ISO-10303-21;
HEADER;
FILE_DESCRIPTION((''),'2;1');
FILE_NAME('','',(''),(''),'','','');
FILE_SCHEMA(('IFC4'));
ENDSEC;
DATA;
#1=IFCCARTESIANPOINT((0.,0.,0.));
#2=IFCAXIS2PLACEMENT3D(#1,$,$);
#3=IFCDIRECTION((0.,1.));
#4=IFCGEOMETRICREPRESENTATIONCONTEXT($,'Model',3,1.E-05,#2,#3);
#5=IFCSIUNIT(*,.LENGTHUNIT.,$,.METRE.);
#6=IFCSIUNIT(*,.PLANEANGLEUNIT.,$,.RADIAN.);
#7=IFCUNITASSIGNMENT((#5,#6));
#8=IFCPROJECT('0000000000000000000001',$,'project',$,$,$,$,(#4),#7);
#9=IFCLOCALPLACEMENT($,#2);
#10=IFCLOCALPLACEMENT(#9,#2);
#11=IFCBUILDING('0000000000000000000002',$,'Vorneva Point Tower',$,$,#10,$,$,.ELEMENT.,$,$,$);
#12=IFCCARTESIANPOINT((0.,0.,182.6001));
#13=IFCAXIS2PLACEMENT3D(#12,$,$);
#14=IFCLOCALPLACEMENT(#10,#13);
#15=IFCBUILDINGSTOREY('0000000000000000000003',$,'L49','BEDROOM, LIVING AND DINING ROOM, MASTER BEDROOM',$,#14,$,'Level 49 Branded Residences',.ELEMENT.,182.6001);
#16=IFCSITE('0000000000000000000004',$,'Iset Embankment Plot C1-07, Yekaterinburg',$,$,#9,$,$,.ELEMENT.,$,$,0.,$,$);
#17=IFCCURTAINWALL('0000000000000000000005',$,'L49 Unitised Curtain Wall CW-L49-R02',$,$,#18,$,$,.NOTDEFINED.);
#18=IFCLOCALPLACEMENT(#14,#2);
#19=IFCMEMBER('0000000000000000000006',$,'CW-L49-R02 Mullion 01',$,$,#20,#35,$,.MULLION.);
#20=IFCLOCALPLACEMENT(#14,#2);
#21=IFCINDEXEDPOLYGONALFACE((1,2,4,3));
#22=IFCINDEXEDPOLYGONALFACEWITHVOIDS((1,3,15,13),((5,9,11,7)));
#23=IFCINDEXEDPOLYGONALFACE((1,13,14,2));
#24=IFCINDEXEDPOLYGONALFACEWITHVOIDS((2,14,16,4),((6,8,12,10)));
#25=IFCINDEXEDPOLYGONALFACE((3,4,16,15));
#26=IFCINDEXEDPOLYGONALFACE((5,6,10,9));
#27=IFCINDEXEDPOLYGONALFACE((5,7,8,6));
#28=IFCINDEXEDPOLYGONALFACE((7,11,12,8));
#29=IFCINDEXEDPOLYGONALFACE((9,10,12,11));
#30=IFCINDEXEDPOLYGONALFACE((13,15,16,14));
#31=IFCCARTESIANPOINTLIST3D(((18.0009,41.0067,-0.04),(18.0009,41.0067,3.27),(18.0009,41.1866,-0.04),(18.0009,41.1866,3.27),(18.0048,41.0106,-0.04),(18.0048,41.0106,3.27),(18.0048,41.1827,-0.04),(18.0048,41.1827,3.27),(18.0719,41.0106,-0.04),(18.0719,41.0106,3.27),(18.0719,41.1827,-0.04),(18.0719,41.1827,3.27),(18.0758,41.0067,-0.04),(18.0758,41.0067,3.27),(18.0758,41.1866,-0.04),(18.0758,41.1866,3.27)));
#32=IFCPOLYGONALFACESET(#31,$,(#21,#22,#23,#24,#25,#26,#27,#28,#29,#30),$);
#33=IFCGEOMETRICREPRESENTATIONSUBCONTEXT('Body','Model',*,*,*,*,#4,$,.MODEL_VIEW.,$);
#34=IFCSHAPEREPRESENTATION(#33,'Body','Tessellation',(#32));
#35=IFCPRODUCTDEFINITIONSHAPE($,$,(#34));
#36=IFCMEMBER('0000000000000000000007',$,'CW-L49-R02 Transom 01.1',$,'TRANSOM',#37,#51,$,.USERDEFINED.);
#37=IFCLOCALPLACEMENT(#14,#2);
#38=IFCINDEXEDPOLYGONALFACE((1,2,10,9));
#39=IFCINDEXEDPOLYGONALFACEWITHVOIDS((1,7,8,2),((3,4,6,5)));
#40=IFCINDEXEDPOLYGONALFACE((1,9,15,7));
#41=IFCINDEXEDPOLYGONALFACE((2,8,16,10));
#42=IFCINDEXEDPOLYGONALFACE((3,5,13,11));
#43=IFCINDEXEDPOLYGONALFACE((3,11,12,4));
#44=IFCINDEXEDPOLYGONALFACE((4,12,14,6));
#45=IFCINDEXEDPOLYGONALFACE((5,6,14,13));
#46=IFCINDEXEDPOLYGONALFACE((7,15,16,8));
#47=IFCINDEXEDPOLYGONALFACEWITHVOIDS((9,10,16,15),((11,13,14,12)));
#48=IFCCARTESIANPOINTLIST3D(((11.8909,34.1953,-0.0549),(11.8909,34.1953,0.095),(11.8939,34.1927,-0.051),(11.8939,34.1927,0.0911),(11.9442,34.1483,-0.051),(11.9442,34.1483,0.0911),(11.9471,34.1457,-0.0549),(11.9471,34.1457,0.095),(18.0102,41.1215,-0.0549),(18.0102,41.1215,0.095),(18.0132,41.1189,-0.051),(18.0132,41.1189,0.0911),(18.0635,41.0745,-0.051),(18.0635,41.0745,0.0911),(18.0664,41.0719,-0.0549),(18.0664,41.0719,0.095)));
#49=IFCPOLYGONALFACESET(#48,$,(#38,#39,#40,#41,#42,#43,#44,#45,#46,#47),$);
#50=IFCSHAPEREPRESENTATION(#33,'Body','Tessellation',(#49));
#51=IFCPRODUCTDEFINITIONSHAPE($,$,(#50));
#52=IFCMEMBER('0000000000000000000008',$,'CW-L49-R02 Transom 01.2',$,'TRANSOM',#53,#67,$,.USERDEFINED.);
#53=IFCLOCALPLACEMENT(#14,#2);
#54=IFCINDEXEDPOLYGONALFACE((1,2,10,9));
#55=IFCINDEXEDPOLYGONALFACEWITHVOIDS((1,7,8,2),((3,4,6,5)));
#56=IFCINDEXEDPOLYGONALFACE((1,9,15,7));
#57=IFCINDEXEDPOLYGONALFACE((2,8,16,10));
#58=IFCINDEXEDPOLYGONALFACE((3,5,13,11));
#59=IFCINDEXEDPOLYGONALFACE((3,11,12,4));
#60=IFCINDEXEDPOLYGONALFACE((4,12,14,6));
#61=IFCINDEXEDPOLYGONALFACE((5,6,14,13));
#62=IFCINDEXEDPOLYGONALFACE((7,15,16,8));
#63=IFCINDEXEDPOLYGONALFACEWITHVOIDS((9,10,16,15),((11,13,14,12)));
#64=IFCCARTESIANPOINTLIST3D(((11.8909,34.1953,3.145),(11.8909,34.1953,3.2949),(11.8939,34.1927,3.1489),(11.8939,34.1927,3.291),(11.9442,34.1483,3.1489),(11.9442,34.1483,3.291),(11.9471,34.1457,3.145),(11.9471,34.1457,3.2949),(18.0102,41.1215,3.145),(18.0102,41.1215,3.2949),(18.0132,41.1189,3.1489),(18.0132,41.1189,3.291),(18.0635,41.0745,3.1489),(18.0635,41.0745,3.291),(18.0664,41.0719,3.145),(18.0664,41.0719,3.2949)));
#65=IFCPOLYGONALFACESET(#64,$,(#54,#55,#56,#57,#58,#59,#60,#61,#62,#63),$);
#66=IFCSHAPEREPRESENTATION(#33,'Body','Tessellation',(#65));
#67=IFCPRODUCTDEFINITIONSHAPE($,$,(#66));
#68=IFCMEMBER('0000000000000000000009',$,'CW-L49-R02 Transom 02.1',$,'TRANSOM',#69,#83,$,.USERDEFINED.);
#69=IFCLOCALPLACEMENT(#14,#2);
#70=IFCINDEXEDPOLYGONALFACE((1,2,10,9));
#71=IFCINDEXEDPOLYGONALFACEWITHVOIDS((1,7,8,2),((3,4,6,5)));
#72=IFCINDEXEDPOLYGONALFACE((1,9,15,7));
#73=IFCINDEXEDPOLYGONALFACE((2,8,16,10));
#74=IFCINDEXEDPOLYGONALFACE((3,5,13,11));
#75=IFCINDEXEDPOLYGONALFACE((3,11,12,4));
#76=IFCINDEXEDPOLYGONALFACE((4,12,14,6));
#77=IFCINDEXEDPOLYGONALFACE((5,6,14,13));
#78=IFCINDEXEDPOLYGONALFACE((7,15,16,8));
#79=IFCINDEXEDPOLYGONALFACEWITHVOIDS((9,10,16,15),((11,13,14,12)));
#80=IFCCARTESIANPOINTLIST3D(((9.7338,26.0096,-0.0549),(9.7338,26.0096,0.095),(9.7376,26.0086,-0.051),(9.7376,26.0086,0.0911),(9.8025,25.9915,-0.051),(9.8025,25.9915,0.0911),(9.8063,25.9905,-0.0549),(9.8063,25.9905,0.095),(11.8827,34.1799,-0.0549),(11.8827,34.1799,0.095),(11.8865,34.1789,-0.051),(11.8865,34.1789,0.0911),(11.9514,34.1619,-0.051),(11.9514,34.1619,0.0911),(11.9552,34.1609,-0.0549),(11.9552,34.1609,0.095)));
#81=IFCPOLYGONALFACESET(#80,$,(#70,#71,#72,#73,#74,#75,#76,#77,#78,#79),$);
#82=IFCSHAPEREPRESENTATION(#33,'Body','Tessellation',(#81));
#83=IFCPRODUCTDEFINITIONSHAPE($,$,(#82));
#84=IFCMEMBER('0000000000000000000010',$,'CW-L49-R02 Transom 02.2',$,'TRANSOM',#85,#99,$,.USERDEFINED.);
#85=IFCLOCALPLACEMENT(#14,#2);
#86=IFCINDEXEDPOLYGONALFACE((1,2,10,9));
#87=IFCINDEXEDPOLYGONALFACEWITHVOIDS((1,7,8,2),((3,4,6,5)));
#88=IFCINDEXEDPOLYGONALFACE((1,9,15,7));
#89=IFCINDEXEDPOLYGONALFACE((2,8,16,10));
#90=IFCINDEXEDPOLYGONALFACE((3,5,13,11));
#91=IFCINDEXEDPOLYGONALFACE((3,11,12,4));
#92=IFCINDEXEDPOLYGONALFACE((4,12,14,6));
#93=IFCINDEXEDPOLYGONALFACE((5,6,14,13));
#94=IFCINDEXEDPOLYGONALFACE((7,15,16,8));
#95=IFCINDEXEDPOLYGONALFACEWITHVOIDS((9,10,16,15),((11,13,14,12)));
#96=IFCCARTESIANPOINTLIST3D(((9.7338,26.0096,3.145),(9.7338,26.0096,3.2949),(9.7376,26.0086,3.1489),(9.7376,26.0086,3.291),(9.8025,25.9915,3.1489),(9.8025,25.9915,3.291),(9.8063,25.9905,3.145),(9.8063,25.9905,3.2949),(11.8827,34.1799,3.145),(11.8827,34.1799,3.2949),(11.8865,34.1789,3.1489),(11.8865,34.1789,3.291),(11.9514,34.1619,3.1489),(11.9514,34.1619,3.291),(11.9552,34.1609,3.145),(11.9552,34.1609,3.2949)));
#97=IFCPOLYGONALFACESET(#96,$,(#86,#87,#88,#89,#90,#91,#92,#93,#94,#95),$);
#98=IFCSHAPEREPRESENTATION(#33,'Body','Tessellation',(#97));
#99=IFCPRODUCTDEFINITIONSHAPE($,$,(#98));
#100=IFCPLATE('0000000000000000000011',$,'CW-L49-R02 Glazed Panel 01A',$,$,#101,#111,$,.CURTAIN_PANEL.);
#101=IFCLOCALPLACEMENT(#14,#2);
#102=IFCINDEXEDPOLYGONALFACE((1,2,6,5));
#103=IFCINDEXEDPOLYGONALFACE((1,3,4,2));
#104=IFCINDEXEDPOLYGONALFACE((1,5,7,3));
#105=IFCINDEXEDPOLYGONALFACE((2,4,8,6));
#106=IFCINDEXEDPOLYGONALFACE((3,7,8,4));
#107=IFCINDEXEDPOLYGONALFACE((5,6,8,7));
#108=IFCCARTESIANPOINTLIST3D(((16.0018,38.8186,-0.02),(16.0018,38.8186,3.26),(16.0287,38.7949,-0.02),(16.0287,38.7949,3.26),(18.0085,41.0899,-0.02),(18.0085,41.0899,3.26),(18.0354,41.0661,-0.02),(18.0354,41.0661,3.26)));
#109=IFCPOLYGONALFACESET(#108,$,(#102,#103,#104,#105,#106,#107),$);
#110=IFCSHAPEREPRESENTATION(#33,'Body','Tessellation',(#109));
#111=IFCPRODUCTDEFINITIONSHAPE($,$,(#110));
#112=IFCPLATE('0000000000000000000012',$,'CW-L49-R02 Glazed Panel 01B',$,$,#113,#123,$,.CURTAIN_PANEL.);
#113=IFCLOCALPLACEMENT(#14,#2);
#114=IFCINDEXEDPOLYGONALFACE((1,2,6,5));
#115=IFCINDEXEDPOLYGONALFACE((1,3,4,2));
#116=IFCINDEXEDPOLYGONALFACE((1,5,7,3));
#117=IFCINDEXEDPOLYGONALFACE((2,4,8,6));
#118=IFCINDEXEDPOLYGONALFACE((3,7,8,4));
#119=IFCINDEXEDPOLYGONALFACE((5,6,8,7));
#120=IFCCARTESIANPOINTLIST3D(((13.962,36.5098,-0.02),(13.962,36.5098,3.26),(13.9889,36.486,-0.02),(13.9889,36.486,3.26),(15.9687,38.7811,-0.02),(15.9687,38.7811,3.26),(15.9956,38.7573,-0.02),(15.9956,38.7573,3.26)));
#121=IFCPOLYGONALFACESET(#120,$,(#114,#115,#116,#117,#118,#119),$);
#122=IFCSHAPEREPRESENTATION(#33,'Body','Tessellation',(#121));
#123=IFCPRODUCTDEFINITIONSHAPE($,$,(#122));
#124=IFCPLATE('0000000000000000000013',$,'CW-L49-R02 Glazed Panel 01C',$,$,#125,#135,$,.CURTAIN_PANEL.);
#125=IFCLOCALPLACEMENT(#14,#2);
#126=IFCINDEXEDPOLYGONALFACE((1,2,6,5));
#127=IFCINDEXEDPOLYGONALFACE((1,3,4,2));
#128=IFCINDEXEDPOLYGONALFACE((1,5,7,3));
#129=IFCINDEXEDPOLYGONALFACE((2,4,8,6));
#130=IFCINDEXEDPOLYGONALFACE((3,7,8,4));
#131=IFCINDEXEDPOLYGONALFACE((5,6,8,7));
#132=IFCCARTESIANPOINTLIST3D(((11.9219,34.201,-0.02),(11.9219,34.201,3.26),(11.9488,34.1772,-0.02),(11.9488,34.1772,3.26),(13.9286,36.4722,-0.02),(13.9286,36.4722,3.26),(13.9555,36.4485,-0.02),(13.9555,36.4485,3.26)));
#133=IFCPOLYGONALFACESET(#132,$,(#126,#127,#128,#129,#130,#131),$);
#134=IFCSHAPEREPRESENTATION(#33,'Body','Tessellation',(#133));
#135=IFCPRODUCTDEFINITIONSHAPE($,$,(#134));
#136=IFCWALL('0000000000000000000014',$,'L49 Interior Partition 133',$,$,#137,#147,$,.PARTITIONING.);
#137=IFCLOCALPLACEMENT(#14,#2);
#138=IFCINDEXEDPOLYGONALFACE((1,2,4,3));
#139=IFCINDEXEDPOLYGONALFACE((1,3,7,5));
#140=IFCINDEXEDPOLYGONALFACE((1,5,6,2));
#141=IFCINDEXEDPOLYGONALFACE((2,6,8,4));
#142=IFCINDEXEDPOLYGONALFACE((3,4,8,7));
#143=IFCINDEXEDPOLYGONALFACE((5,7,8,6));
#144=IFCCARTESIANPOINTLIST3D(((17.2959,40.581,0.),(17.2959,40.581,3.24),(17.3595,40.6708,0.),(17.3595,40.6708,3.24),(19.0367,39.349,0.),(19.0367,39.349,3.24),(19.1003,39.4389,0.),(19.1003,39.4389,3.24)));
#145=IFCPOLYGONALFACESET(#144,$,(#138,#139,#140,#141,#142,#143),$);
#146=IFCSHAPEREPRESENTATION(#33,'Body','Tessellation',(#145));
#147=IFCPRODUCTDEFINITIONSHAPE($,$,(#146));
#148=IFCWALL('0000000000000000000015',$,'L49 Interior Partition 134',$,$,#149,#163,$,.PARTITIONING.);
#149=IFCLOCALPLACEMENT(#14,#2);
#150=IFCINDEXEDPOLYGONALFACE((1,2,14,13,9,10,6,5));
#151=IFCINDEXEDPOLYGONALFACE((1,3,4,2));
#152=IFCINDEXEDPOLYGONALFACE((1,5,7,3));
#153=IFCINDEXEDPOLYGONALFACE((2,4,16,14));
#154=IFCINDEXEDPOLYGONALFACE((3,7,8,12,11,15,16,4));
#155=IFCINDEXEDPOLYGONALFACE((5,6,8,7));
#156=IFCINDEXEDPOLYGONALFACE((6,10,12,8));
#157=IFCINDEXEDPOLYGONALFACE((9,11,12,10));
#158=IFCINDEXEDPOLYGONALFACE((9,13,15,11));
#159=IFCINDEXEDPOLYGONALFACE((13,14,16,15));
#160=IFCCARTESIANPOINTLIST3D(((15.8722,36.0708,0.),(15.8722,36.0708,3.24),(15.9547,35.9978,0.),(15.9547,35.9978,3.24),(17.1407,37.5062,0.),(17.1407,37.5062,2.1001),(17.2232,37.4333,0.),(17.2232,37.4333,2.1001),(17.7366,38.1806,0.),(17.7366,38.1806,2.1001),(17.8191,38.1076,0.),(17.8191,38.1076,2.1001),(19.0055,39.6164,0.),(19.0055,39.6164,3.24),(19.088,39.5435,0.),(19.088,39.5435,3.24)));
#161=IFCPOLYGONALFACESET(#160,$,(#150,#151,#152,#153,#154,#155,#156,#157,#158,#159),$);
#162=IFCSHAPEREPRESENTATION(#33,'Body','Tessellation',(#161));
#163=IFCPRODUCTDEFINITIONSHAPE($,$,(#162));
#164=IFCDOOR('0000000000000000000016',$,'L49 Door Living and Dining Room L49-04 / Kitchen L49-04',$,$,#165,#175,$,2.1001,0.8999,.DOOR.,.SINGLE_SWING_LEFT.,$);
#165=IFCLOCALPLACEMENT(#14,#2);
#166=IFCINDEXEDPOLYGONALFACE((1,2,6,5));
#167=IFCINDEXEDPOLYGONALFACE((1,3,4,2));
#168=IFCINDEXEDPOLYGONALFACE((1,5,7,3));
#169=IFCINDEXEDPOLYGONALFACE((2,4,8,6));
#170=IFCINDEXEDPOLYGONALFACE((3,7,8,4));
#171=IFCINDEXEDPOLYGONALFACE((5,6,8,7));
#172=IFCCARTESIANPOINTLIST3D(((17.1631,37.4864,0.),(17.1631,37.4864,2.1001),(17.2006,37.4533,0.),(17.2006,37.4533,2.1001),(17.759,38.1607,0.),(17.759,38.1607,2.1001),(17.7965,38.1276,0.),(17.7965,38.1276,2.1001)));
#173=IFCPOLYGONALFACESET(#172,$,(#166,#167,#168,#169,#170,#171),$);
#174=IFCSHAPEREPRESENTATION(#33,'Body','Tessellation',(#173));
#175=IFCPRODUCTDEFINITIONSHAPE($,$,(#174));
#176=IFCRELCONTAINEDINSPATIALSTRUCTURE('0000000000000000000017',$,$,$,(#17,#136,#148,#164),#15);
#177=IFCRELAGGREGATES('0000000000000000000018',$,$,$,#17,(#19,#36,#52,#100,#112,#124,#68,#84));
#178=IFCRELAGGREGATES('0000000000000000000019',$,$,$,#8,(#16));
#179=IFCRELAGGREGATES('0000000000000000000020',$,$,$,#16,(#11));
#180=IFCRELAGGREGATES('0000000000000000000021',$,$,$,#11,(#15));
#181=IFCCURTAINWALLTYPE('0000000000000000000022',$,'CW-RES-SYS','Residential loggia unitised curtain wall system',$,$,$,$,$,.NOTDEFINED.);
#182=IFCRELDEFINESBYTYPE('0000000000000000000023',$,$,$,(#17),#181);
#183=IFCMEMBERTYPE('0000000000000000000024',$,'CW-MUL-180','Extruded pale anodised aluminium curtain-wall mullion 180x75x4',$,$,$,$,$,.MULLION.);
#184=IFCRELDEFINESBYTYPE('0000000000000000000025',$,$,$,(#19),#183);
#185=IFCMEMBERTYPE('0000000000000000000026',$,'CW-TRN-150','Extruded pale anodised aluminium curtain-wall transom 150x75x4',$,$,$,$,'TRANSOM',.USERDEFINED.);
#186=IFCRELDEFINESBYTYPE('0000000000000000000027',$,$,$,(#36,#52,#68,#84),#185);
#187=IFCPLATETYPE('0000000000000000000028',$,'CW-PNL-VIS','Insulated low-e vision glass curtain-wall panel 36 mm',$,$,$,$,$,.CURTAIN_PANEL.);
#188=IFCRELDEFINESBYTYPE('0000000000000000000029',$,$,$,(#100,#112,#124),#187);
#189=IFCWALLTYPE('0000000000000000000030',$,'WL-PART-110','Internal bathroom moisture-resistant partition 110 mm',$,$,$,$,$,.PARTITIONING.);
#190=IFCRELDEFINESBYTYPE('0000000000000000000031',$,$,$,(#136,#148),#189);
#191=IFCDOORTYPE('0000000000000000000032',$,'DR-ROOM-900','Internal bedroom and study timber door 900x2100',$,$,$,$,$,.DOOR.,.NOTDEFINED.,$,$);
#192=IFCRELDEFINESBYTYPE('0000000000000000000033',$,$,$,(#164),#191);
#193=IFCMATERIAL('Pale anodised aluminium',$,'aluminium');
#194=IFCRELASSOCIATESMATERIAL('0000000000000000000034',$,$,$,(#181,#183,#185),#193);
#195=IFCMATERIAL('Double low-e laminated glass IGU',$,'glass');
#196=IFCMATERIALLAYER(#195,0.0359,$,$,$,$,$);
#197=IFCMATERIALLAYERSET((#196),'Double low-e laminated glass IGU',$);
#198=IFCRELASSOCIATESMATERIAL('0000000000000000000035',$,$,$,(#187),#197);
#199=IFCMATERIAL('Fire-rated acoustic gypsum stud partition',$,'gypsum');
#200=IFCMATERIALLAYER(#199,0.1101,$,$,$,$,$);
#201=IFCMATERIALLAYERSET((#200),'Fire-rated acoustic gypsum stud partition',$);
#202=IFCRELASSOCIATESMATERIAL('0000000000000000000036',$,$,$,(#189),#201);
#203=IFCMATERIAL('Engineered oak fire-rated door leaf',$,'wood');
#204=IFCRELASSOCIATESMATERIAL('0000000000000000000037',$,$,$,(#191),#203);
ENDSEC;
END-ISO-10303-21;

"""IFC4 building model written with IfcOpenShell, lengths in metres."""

from ifc_helpers import new_model, si_unit, direction, frame, frame_2d, origin, origin_2d, place, context, subcontext, project, spatial, rectangle, hollow_rectangle, extrude, material, layer, layer_set, material_profile, profile_set, type_object, element, fill, aggregate, save


model = new_model("IFC4")

# Units and contexts
model_context = context("Model", 3, precision=1e-05, world=origin(), true_north=direction((0.0, 1.0)))
body_context = subcontext(model_context, "Body", "Model", "MODEL_VIEW")
ifc_project = project(units=[si_unit("LENGTHUNIT", "METRE"), si_unit("PLANEANGLEUNIT", "RADIAN")], contexts=[model_context])

# Site, building, storey
site_placement = place(None, origin())
site = spatial("IfcSite", under=ifc_project, at=site_placement, Name="Iset Embankment Plot C1-07, Yekaterinburg", CompositionType="ELEMENT", RefElevation=0.0)
building_placement = place(site_placement, origin())
building = spatial("IfcBuilding", under=site, at=building_placement, Name="Vorneva Point Tower", CompositionType="ELEMENT")
storey_placement = place(building_placement, frame((0.0, 0.0, 182.6001)))
storey = spatial("IfcBuildingStorey", under=building, at=storey_placement, Name="L49", Description="BEDROOM, LIVING AND DINING ROOM, MASTER BEDROOM", LongName="Level 49 Branded Residences", CompositionType="ELEMENT", Elevation=182.6001)

# Curtain wall, members, plates
ifc_material_1 = material(Name="Pale anodised aluminium", Category="aluminium")
curtain_wall_type = type_object("IfcCurtainWallType", Name="CW-RES-SYS", Description="Residential loggia unitised curtain wall system", PredefinedType="NOTDEFINED", material=ifc_material_1)
curtain_wall_placement = place(storey_placement, origin())
curtain_wall = element("IfcCurtainWall", 1, at=curtain_wall_placement, inside=storey, type_object=curtain_wall_type, Name="L49 Unitised Curtain Wall CW-L49-R02", PredefinedType="NOTDEFINED")
ifc_material_profile_1 = material_profile(ifc_material_1, hollow_rectangle(XDim=0.075, YDim=0.1799, WallThickness=0.0039, at=origin_2d()), Name="AL-MUL 180x75x4")
ifc_profile_set_1 = profile_set([ifc_material_profile_1], Name="Pale anodised aluminium")
member_type_1 = type_object("IfcMemberType", Name="CW-MUL-180", Description="Extruded pale anodised aluminium curtain-wall mullion 180x75x4", PredefinedType="MULLION", material=ifc_profile_set_1)
member_1_placement = place(storey_placement, frame((18.0383, 41.0967, -0.04), z_axis=(0.0, 0.0, 1.0), x_axis=(1.0, 0.0, 0.0)))
member_1 = element("IfcMember", 2, at=member_1_placement, type_object=member_type_1, Name="CW-L49-R02 Mullion 01", PredefinedType="MULLION", context=body_context, shape_type="SweptSolid", body=[
    extrude(hollow_rectangle(XDim=0.075, YDim=0.1799, WallThickness=0.0039, at=origin_2d()), origin(), (0.0, 0.0, 1.0), 3.3101),
])
ifc_material_profile_2 = material_profile(ifc_material_1, hollow_rectangle(XDim=0.075, YDim=0.1499, WallThickness=0.0039, at=origin_2d()), Name="AL-TRN 150x75x4")
ifc_profile_set_2 = profile_set([ifc_material_profile_2], Name="Pale anodised aluminium")
member_type_2 = type_object("IfcMemberType", Name="CW-TRN-150", Description="Extruded pale anodised aluminium curtain-wall transom 150x75x4", ElementType="TRANSOM", PredefinedType="USERDEFINED", material=ifc_profile_set_2)
member_2_placement = place(storey_placement, frame((18.0383, 41.0967, 0.02), z_axis=(-0.662106, -0.74941, 0.0), x_axis=(0.74941, -0.662106, 0.0)))
member_2 = element("IfcMember", 3, at=member_2_placement, type_object=member_type_2, Name="CW-L49-R02 Transom 01.1", ObjectType="TRANSOM", PredefinedType="USERDEFINED", context=body_context, shape_type="SweptSolid", body=[
    extrude(hollow_rectangle(XDim=0.075, YDim=0.1499, WallThickness=0.0039, at=origin_2d()), origin(), (0.0, 0.0, 1.0), 9.2422),
])
member_3_placement = place(storey_placement, frame((18.0383, 41.0967, 3.22), z_axis=(-0.662106, -0.74941, 0.0), x_axis=(0.74941, -0.662106, 0.0)))
member_3 = element("IfcMember", 4, at=member_3_placement, type_object=member_type_2, Name="CW-L49-R02 Transom 01.2", ObjectType="TRANSOM", PredefinedType="USERDEFINED", context=body_context, shape_type="SweptSolid", body=[
    extrude(hollow_rectangle(XDim=0.075, YDim=0.1499, WallThickness=0.0039, at=origin_2d()), origin(), (0.0, 0.0, 1.0), 9.2422),
])
member_4_placement = place(storey_placement, frame((11.9189, 34.1704, 0.02), z_axis=(-0.254362, -0.967109, 0.0), x_axis=(0.967109, -0.254362, 0.0)))
member_4 = element("IfcMember", 5, at=member_4_placement, type_object=member_type_2, Name="CW-L49-R02 Transom 02.1", ObjectType="TRANSOM", PredefinedType="USERDEFINED", context=body_context, shape_type="SweptSolid", body=[
    extrude(hollow_rectangle(XDim=0.075, YDim=0.1499, WallThickness=0.0039, at=origin_2d()), origin(), (0.0, 0.0, 1.0), 8.4482),
])
member_5_placement = place(storey_placement, frame((11.9189, 34.1704, 3.22), z_axis=(-0.254362, -0.967109, 0.0), x_axis=(0.967109, -0.254362, 0.0)))
member_5 = element("IfcMember", 6, at=member_5_placement, type_object=member_type_2, Name="CW-L49-R02 Transom 02.2", ObjectType="TRANSOM", PredefinedType="USERDEFINED", context=body_context, shape_type="SweptSolid", body=[
    extrude(hollow_rectangle(XDim=0.075, YDim=0.1499, WallThickness=0.0039, at=origin_2d()), origin(), (0.0, 0.0, 1.0), 8.4482),
])
ifc_material_2 = material(Name="Double low-e laminated glass IGU", Category="glass")
ifc_layer_1 = layer(ifc_material_2, 0.0359)
ifc_layer_set_1 = layer_set([ifc_layer_1], Name="Double low-e laminated glass IGU")
plate_type = type_object("IfcPlateType", Name="CW-PNL-VIS", Description="Insulated low-e vision glass curtain-wall panel 36 mm", PredefinedType="CURTAIN_PANEL", material=ifc_layer_set_1)
plate_1_placement = place(storey_placement, frame((17.0186, 39.9424, -0.02), z_axis=(0.0, 0.0, 1.0), x_axis=(-0.66211, -0.749407, 0.0)))
plate_1 = element("IfcPlate", 7, at=plate_1_placement, type_object=plate_type, Name="CW-L49-R02 Glazed Panel 01A", PredefinedType="CURTAIN_PANEL", context=body_context, shape_type="SweptSolid", body=[
    extrude(rectangle(XDim=3.0308, YDim=0.0359, at=origin_2d()), origin(), (0.0, 0.0, 1.0), 3.28),
])
plate_2_placement = place(storey_placement, frame((14.9788, 37.6335, -0.02), z_axis=(0.0, 0.0, 1.0), x_axis=(-0.66211, -0.749407, 0.0)))
plate_2 = element("IfcPlate", 8, at=plate_2_placement, type_object=plate_type, Name="CW-L49-R02 Glazed Panel 01B", PredefinedType="CURTAIN_PANEL", context=body_context, shape_type="SweptSolid", body=[
    extrude(rectangle(XDim=3.0308, YDim=0.0359, at=origin_2d()), origin(), (0.0, 0.0, 1.0), 3.28),
])
plate_3_placement = place(storey_placement, frame((12.9387, 35.3247, -0.02), z_axis=(0.0, 0.0, 1.0), x_axis=(-0.66211, -0.749407, 0.0)))
plate_3 = element("IfcPlate", 9, at=plate_3_placement, type_object=plate_type, Name="CW-L49-R02 Glazed Panel 01C", PredefinedType="CURTAIN_PANEL", context=body_context, shape_type="SweptSolid", body=[
    extrude(rectangle(XDim=3.0308, YDim=0.0359, at=origin_2d()), origin(), (0.0, 0.0, 1.0), 3.28),
])
aggregate(curtain_wall, [member_1, member_2, member_3, plate_1, plate_2, plate_3, member_4, member_5])

# Wall
ifc_material_3 = material(Name="Fire-rated acoustic gypsum stud partition", Category="gypsum")
ifc_layer_2 = layer(ifc_material_3, 0.1101)
ifc_layer_set_2 = layer_set([ifc_layer_2], Name="Fire-rated acoustic gypsum stud partition")
wall_type_1 = type_object("IfcWallType", Name="WL-PART-110", Description="Internal bathroom moisture-resistant partition 110 mm", PredefinedType="PARTITIONING", material=ifc_layer_set_2)
wall_1_placement = place(storey_placement, frame((17.3276, 40.626, 0.0), z_axis=(0.0, 0.0, 1.0), x_axis=(0.816263, -0.577681, 0.0)))
element("IfcWall", 10, at=wall_1_placement, inside=storey, type_object=wall_type_1, Name="L49 Interior Partition 133", PredefinedType="PARTITIONING", context=body_context, shape_type="SweptSolid", body=[
    extrude(rectangle(XDim=2.1326, YDim=0.1101, at=frame_2d((1.0664, 0.0))), origin(), (0.0, 0.0, 1.0), 3.24),
])

# Wall, opening, door
wall_2_placement = place(storey_placement, frame((19.0466, 39.5798, 0.0), z_axis=(0.0, 0.0, 1.0), x_axis=(-0.66219, -0.749336, 0.0)))
wall_2 = element("IfcWall", 11, at=wall_2_placement, inside=storey, type_object=wall_type_1, Name="L49 Interior Partition 134", PredefinedType="PARTITIONING", context=body_context, shape_type="SweptSolid", body=[
    extrude(rectangle(XDim=4.7317, YDim=0.1101, at=frame_2d((2.3657, 0.0))), origin(), (0.0, 0.0, 1.0), 3.24),
])
opening_1_placement = place(wall_2_placement, frame((1.916, 0.0, 0.0)))
opening_1 = element("IfcOpeningElement", 12, at=opening_1_placement, cuts=wall_2, PredefinedType="OPENING", context=body_context, shape_type="SweptSolid", body=[
    extrude(rectangle(XDim=0.8999, YDim=2.1001, at=frame_2d((0.45, 1.05))), frame((0.0, 0.0698, 0.0), z_axis=(0.0, -1.0, 0.0), x_axis=(1.0, 0.0, 0.0)), (0.0, 0.0, 1.0), 0.1399),
])
ifc_material_4 = material(Name="Engineered oak fire-rated door leaf", Category="wood")
door_type_1 = type_object("IfcDoorType", Name="DR-ROOM-900", Description="Internal bedroom and study timber door 900x2100", OperationType="NOTDEFINED", PredefinedType="DOOR", material=ifc_material_4)
door_1_placement = place(opening_1_placement, origin())
door_1 = element("IfcDoor", 13, at=door_1_placement, inside=storey, type_object=door_type_1, Name="L49 Door Living and Dining Room L49-04 / Kitchen L49-04", OperationType="SINGLE_SWING_LEFT", OverallHeight=2.1001, OverallWidth=0.8999, PredefinedType="DOOR", context=body_context, shape_type="SweptSolid", body=[
    extrude(rectangle(XDim=0.8999, YDim=2.1001, at=frame_2d((0.45, 1.05))), frame((0.0, 0.0249, 0.0), z_axis=(0.0, -1.0, 0.0), x_axis=(1.0, 0.0, 0.0)), (0.0, 0.0, 1.0), 0.05),
])
fill(opening_1, door_1)

save(model, "model.ifc")
